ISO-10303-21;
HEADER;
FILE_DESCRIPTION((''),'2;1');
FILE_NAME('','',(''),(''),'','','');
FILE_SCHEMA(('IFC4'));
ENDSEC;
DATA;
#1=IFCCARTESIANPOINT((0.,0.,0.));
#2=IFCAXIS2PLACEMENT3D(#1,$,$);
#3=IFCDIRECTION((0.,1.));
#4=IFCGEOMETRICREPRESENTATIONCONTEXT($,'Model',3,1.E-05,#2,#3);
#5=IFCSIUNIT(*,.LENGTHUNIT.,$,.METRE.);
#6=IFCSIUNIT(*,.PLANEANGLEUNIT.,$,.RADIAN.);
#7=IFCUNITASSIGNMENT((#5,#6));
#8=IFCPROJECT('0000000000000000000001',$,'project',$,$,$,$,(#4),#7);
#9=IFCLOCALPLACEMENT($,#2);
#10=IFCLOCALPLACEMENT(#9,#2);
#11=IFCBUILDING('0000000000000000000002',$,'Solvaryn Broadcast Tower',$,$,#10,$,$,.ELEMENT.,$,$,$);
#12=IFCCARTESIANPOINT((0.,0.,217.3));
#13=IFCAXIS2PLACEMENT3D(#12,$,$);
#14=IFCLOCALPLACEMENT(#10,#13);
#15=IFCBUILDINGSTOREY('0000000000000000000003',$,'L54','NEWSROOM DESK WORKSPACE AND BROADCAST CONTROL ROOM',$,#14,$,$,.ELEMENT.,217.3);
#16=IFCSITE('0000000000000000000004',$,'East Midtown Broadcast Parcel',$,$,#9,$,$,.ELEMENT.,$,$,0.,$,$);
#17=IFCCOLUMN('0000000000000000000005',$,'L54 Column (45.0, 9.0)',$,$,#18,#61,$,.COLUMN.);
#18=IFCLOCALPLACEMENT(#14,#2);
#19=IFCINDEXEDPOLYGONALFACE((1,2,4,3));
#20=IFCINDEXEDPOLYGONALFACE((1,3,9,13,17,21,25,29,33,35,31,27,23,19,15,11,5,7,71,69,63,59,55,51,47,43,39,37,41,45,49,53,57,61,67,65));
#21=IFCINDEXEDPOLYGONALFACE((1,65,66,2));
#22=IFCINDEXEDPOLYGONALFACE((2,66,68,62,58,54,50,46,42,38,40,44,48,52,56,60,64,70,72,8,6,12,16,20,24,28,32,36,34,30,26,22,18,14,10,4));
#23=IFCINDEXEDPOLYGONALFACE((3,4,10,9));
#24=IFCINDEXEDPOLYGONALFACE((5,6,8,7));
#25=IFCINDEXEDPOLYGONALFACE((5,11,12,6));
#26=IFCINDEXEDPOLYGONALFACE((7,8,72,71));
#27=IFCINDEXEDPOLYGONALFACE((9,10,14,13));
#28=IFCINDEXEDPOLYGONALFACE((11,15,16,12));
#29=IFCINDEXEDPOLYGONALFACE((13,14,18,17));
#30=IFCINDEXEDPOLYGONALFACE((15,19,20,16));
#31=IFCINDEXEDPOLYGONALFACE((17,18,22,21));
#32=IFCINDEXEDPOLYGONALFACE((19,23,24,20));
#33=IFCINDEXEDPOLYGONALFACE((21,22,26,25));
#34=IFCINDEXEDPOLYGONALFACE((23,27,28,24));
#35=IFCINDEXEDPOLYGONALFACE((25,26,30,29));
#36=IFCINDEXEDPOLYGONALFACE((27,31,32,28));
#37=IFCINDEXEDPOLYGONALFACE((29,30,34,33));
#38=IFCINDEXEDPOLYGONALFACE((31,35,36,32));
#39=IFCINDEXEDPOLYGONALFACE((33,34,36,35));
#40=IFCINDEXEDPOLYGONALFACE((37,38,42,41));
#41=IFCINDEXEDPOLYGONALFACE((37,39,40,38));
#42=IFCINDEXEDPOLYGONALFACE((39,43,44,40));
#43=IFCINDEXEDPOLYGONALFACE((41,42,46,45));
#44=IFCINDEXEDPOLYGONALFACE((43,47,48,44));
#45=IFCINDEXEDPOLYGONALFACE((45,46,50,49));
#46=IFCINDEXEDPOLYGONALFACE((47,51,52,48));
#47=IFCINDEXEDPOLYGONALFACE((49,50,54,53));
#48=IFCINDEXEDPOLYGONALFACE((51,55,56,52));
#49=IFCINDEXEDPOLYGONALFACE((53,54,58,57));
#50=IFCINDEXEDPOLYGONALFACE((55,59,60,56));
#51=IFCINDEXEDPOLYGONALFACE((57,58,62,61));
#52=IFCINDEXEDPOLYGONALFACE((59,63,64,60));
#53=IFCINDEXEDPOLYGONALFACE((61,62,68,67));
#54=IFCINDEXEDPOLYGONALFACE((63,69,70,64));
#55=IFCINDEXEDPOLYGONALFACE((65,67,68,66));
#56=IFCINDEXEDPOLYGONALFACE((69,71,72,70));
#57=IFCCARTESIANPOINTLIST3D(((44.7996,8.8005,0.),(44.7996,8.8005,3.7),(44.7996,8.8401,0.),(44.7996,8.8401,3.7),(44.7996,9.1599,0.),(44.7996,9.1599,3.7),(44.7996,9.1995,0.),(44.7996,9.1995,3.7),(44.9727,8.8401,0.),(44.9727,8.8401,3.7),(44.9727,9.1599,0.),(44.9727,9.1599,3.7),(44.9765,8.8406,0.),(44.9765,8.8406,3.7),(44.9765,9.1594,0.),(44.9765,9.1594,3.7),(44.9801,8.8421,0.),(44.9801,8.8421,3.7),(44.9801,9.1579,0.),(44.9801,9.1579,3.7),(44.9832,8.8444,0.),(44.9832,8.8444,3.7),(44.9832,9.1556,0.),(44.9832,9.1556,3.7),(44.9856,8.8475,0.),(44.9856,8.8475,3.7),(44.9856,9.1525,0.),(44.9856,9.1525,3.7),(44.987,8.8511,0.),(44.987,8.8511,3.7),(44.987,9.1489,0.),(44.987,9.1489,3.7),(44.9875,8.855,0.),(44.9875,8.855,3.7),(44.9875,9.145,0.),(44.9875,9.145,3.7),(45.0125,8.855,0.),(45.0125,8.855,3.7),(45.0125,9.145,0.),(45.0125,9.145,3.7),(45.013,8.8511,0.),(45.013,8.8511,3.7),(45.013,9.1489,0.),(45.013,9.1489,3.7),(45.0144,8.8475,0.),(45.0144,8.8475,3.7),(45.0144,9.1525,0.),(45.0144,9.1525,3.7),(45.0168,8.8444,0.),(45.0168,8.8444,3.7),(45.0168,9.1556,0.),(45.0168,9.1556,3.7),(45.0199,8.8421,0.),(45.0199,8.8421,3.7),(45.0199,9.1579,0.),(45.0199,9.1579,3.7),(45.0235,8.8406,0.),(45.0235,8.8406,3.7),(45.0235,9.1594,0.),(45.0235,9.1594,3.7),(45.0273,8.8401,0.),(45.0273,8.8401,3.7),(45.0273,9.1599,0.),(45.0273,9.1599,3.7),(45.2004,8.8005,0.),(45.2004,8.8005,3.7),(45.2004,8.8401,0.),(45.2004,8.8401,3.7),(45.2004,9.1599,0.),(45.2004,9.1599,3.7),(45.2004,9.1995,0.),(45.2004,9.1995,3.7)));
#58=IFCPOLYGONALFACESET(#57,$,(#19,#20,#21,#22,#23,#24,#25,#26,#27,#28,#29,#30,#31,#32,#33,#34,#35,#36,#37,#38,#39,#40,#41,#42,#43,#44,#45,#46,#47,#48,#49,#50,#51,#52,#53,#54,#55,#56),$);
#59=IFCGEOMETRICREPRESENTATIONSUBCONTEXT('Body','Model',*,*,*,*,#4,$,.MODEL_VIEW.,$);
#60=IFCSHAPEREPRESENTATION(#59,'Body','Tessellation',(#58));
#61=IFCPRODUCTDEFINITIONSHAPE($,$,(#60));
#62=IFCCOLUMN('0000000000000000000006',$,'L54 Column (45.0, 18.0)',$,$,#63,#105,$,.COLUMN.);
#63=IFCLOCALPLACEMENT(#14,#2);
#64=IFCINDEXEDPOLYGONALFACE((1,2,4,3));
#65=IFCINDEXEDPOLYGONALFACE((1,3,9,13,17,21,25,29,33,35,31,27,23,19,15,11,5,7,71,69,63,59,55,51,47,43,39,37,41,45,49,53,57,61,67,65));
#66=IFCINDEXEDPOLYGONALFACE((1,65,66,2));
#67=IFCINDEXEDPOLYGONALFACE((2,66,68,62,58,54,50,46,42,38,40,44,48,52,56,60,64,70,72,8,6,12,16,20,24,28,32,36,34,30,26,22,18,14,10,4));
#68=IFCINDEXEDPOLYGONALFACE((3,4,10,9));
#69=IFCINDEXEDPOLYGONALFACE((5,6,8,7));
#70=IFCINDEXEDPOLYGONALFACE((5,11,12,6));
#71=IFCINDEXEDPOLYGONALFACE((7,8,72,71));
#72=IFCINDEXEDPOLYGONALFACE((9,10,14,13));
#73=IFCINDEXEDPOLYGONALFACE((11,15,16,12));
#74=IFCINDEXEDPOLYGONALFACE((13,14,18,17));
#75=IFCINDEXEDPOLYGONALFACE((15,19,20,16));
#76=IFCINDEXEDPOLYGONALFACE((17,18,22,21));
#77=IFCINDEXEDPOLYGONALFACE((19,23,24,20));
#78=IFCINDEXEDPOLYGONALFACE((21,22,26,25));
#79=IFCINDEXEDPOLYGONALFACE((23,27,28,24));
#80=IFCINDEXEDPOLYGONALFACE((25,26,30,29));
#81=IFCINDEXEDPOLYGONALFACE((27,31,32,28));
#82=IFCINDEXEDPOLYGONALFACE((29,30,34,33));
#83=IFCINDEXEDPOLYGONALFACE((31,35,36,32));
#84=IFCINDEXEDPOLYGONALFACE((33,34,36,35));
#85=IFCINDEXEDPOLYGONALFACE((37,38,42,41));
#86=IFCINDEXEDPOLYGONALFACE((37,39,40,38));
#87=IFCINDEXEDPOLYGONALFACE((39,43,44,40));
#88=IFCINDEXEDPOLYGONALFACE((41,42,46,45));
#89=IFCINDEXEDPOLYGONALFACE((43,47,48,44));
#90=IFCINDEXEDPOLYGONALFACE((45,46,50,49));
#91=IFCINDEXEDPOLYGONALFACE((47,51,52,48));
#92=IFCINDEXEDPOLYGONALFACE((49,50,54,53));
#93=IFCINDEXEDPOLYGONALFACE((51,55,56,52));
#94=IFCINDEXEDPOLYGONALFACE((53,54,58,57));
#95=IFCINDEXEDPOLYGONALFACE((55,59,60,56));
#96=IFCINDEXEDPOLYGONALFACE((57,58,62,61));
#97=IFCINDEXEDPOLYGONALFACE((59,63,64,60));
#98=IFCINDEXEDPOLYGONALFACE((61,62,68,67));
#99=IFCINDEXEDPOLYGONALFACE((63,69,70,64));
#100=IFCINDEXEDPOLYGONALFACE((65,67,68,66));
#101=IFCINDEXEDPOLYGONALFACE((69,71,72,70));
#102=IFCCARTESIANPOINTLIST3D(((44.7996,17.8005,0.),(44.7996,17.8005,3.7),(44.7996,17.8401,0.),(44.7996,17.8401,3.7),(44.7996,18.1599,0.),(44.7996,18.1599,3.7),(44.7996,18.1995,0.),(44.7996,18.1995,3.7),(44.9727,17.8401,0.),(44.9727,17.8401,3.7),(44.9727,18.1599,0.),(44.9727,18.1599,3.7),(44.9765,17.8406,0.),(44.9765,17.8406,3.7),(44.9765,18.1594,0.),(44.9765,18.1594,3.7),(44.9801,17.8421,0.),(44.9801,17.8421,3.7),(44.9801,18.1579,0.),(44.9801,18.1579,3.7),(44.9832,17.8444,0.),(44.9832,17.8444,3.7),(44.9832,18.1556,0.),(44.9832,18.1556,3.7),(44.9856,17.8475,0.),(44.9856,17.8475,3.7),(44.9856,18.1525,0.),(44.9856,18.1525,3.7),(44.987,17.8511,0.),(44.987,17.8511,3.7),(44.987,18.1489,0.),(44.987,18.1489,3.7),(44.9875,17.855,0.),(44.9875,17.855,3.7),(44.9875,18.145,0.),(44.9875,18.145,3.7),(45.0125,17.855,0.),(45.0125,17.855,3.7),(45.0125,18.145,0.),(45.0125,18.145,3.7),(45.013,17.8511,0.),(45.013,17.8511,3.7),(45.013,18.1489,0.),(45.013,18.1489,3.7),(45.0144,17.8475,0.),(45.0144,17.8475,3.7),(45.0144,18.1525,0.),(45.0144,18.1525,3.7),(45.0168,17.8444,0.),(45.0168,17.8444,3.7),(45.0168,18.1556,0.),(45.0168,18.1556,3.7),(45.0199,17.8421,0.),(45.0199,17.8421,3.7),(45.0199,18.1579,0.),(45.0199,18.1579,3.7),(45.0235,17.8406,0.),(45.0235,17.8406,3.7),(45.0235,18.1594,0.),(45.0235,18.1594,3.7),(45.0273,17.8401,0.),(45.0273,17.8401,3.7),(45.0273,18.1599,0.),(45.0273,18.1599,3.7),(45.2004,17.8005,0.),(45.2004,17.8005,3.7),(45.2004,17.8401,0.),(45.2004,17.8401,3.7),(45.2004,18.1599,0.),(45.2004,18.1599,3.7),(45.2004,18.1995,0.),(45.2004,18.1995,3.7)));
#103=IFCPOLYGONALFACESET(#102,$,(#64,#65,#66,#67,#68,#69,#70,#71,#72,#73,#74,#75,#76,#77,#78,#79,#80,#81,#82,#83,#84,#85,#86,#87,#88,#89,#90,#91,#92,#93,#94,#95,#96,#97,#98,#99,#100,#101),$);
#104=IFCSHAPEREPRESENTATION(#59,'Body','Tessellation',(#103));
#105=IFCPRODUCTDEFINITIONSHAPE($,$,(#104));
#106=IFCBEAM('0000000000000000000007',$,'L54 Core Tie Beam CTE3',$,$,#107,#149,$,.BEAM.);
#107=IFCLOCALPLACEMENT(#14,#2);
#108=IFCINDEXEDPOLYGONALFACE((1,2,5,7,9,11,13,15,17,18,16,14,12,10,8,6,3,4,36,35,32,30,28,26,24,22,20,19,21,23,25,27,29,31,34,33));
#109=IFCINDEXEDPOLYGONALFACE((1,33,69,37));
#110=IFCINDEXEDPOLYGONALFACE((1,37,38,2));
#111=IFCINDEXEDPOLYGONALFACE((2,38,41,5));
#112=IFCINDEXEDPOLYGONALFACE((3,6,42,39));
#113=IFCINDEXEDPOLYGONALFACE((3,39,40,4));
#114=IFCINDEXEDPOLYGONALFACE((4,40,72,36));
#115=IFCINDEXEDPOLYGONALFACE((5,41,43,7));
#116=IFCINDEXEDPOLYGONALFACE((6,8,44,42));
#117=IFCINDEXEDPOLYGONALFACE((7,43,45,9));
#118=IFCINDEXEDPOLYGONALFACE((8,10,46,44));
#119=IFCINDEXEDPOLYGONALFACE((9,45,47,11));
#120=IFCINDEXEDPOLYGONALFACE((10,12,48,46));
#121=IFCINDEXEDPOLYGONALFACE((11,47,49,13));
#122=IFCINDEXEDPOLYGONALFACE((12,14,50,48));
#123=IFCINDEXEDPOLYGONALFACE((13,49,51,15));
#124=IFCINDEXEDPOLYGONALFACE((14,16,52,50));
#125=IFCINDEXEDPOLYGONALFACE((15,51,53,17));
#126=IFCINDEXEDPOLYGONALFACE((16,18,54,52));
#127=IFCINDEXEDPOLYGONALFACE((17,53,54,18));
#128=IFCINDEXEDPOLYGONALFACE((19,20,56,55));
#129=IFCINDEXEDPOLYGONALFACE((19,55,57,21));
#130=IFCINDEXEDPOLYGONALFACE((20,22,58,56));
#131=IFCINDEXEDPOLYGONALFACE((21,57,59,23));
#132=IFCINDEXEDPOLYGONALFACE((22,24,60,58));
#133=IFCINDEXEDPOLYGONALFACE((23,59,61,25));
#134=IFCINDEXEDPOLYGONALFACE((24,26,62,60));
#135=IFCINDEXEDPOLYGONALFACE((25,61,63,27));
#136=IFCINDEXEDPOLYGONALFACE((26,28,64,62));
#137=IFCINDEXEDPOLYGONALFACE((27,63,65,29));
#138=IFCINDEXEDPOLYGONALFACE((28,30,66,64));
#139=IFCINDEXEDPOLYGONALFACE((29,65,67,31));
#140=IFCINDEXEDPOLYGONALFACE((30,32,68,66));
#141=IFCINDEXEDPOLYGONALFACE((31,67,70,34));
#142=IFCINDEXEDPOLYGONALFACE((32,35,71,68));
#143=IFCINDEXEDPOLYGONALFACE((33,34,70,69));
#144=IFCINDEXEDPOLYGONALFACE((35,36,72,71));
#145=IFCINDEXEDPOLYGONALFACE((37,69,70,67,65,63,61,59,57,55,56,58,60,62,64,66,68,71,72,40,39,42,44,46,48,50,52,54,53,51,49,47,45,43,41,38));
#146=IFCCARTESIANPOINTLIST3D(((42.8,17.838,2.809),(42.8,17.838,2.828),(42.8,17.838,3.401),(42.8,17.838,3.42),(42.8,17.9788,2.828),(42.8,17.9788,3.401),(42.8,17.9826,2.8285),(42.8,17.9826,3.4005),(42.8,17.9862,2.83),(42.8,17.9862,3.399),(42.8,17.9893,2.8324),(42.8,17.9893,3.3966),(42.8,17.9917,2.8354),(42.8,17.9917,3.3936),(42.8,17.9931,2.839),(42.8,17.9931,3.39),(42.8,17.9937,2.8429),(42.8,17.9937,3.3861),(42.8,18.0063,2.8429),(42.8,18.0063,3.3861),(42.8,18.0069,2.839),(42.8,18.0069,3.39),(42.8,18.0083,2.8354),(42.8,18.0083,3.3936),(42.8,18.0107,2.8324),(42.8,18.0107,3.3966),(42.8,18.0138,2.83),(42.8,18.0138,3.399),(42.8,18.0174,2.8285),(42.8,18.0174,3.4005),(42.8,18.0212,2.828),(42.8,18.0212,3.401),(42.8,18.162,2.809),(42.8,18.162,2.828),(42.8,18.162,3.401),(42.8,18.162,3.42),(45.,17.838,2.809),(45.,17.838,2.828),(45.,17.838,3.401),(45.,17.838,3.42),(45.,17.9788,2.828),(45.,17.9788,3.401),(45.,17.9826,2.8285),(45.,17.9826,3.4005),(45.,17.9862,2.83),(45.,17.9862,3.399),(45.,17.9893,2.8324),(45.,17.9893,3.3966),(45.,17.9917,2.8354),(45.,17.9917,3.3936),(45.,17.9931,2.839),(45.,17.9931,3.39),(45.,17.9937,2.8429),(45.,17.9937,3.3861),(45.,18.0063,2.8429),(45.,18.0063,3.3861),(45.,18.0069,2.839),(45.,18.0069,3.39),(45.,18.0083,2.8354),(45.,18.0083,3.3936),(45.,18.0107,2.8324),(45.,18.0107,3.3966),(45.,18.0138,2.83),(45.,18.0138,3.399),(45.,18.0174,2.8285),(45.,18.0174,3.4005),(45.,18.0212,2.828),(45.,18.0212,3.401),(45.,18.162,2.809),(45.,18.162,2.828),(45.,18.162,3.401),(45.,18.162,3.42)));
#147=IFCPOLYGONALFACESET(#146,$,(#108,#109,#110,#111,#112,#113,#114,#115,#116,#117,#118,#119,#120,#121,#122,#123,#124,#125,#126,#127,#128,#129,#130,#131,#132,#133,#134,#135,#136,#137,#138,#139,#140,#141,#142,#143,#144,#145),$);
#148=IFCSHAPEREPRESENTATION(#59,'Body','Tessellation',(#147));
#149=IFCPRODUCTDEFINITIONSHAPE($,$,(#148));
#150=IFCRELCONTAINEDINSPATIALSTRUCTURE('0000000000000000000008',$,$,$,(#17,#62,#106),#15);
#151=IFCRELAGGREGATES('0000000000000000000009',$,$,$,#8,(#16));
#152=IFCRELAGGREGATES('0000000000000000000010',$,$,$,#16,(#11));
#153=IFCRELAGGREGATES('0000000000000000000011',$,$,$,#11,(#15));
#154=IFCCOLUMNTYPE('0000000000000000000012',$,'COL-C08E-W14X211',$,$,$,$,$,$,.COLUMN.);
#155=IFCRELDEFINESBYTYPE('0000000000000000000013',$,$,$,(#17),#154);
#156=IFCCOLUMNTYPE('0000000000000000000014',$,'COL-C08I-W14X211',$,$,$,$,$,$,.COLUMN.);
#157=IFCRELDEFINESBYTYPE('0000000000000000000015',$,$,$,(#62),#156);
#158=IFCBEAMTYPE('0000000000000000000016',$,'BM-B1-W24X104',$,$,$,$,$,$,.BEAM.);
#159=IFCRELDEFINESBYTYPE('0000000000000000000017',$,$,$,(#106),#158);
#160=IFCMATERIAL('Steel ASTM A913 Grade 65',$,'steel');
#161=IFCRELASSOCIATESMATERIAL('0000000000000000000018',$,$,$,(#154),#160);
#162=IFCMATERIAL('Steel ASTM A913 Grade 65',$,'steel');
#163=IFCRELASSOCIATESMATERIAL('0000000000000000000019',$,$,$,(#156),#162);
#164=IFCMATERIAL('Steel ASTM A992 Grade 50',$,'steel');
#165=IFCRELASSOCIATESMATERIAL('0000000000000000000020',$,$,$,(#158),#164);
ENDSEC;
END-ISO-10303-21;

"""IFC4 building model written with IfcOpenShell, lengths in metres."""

from ifc_helpers import new_model, si_unit, direction, frame, origin, origin_2d, place, context, subcontext, project, spatial, i_section, extrude, material, material_profile, profile_set, type_object, element, save


model = new_model("IFC4")

# Units and contexts
model_context = context("Model", 3, precision=1e-05, world=origin(), true_north=direction((0.0, 1.0)))
body_context = subcontext(model_context, "Body", "Model", "MODEL_VIEW")
ifc_project = project(units=[si_unit("LENGTHUNIT", "METRE"), si_unit("PLANEANGLEUNIT", "RADIAN")], contexts=[model_context])

# Site, building, storey
site_placement = place(None, origin())
site = spatial("IfcSite", under=ifc_project, at=site_placement, Name="East Midtown Broadcast Parcel", CompositionType="ELEMENT", RefElevation=0.0)
building_placement = place(site_placement, origin())
building = spatial("IfcBuilding", under=site, at=building_placement, Name="Solvaryn Broadcast Tower", CompositionType="ELEMENT")
storey_placement = place(building_placement, frame((0.0, 0.0, 217.3)))
storey = spatial("IfcBuildingStorey", under=building, at=storey_placement, Name="L54", Description="NEWSROOM DESK WORKSPACE AND BROADCAST CONTROL ROOM", CompositionType="ELEMENT", Elevation=217.3)

# Columns
ifc_material_1 = material(Name="Steel ASTM A913 Grade 65", Category="steel")
ifc_material_profile_1 = material_profile(ifc_material_1, i_section(OverallWidth=0.4009, OverallDepth=0.3989, WebThickness=0.0249, FlangeThickness=0.0396, FilletRadius=0.0149, at=origin_2d()))
ifc_profile_set_1 = profile_set([ifc_material_profile_1], Name="Steel ASTM A913 Grade 65")
column_type_1 = type_object("IfcColumnType", Name="COL-C08E-W14X211", PredefinedType="COLUMN", material=ifc_profile_set_1)
column_1_placement = place(storey_placement, frame((45.0, 9.0, 0.0), z_axis=(0.0, 0.0, 1.0), x_axis=(1.0, 0.0, 0.0)))
element("IfcColumn", 1, at=column_1_placement, inside=storey, type_object=column_type_1, Name="L54 Column (45.0, 9.0)", PredefinedType="COLUMN", context=body_context, shape_type="SweptSolid", body=[
    extrude(i_section(OverallWidth=0.4009, OverallDepth=0.3989, WebThickness=0.0249, FlangeThickness=0.0396, FilletRadius=0.0149, at=origin_2d()), origin(), (0.0, 0.0, 1.0), 3.7),
])
ifc_material_2 = material(Name="Steel ASTM A913 Grade 65", Category="steel")
ifc_material_profile_2 = material_profile(ifc_material_2, i_section(OverallWidth=0.4009, OverallDepth=0.3989, WebThickness=0.0249, FlangeThickness=0.0396, FilletRadius=0.0149, at=origin_2d()))
ifc_profile_set_2 = profile_set([ifc_material_profile_2], Name="Steel ASTM A913 Grade 65")
column_type_2 = type_object("IfcColumnType", Name="COL-C08I-W14X211", PredefinedType="COLUMN", material=ifc_profile_set_2)
column_2_placement = place(storey_placement, frame((45.0, 18.0, 0.0), z_axis=(0.0, 0.0, 1.0), x_axis=(1.0, 0.0, 0.0)))
element("IfcColumn", 2, at=column_2_placement, inside=storey, type_object=column_type_2, Name="L54 Column (45.0, 18.0)", PredefinedType="COLUMN", context=body_context, shape_type="SweptSolid", body=[
    extrude(i_section(OverallWidth=0.4009, OverallDepth=0.3989, WebThickness=0.0249, FlangeThickness=0.0396, FilletRadius=0.0149, at=origin_2d()), origin(), (0.0, 0.0, 1.0), 3.7),
])

# Beam
ifc_material_3 = material(Name="Steel ASTM A992 Grade 50", Category="steel")
ifc_material_profile_3 = material_profile(ifc_material_3, i_section(OverallWidth=0.324, OverallDepth=0.6111, WebThickness=0.0127, FlangeThickness=0.019, FilletRadius=0.0149, at=origin_2d()))
ifc_profile_set_3 = profile_set([ifc_material_profile_3], Name="Steel ASTM A992 Grade 50")
beam_type = type_object("IfcBeamType", Name="BM-B1-W24X104", PredefinedType="BEAM", material=ifc_profile_set_3)
beam_placement = place(storey_placement, frame((42.8, 18.0, 3.1145), z_axis=(1.0, 0.0, 0.0), x_axis=(0.0, 1.0, 0.0)))
element("IfcBeam", 3, at=beam_placement, inside=storey, type_object=beam_type, Name="L54 Core Tie Beam CTE3", PredefinedType="BEAM", context=body_context, shape_type="SweptSolid", body=[
    extrude(i_section(OverallWidth=0.324, OverallDepth=0.6111, WebThickness=0.0127, FlangeThickness=0.019, FilletRadius=0.0149, at=origin_2d()), origin(), (0.0, 0.0, 1.0), 2.2),
])

save(model, "model.ifc")
